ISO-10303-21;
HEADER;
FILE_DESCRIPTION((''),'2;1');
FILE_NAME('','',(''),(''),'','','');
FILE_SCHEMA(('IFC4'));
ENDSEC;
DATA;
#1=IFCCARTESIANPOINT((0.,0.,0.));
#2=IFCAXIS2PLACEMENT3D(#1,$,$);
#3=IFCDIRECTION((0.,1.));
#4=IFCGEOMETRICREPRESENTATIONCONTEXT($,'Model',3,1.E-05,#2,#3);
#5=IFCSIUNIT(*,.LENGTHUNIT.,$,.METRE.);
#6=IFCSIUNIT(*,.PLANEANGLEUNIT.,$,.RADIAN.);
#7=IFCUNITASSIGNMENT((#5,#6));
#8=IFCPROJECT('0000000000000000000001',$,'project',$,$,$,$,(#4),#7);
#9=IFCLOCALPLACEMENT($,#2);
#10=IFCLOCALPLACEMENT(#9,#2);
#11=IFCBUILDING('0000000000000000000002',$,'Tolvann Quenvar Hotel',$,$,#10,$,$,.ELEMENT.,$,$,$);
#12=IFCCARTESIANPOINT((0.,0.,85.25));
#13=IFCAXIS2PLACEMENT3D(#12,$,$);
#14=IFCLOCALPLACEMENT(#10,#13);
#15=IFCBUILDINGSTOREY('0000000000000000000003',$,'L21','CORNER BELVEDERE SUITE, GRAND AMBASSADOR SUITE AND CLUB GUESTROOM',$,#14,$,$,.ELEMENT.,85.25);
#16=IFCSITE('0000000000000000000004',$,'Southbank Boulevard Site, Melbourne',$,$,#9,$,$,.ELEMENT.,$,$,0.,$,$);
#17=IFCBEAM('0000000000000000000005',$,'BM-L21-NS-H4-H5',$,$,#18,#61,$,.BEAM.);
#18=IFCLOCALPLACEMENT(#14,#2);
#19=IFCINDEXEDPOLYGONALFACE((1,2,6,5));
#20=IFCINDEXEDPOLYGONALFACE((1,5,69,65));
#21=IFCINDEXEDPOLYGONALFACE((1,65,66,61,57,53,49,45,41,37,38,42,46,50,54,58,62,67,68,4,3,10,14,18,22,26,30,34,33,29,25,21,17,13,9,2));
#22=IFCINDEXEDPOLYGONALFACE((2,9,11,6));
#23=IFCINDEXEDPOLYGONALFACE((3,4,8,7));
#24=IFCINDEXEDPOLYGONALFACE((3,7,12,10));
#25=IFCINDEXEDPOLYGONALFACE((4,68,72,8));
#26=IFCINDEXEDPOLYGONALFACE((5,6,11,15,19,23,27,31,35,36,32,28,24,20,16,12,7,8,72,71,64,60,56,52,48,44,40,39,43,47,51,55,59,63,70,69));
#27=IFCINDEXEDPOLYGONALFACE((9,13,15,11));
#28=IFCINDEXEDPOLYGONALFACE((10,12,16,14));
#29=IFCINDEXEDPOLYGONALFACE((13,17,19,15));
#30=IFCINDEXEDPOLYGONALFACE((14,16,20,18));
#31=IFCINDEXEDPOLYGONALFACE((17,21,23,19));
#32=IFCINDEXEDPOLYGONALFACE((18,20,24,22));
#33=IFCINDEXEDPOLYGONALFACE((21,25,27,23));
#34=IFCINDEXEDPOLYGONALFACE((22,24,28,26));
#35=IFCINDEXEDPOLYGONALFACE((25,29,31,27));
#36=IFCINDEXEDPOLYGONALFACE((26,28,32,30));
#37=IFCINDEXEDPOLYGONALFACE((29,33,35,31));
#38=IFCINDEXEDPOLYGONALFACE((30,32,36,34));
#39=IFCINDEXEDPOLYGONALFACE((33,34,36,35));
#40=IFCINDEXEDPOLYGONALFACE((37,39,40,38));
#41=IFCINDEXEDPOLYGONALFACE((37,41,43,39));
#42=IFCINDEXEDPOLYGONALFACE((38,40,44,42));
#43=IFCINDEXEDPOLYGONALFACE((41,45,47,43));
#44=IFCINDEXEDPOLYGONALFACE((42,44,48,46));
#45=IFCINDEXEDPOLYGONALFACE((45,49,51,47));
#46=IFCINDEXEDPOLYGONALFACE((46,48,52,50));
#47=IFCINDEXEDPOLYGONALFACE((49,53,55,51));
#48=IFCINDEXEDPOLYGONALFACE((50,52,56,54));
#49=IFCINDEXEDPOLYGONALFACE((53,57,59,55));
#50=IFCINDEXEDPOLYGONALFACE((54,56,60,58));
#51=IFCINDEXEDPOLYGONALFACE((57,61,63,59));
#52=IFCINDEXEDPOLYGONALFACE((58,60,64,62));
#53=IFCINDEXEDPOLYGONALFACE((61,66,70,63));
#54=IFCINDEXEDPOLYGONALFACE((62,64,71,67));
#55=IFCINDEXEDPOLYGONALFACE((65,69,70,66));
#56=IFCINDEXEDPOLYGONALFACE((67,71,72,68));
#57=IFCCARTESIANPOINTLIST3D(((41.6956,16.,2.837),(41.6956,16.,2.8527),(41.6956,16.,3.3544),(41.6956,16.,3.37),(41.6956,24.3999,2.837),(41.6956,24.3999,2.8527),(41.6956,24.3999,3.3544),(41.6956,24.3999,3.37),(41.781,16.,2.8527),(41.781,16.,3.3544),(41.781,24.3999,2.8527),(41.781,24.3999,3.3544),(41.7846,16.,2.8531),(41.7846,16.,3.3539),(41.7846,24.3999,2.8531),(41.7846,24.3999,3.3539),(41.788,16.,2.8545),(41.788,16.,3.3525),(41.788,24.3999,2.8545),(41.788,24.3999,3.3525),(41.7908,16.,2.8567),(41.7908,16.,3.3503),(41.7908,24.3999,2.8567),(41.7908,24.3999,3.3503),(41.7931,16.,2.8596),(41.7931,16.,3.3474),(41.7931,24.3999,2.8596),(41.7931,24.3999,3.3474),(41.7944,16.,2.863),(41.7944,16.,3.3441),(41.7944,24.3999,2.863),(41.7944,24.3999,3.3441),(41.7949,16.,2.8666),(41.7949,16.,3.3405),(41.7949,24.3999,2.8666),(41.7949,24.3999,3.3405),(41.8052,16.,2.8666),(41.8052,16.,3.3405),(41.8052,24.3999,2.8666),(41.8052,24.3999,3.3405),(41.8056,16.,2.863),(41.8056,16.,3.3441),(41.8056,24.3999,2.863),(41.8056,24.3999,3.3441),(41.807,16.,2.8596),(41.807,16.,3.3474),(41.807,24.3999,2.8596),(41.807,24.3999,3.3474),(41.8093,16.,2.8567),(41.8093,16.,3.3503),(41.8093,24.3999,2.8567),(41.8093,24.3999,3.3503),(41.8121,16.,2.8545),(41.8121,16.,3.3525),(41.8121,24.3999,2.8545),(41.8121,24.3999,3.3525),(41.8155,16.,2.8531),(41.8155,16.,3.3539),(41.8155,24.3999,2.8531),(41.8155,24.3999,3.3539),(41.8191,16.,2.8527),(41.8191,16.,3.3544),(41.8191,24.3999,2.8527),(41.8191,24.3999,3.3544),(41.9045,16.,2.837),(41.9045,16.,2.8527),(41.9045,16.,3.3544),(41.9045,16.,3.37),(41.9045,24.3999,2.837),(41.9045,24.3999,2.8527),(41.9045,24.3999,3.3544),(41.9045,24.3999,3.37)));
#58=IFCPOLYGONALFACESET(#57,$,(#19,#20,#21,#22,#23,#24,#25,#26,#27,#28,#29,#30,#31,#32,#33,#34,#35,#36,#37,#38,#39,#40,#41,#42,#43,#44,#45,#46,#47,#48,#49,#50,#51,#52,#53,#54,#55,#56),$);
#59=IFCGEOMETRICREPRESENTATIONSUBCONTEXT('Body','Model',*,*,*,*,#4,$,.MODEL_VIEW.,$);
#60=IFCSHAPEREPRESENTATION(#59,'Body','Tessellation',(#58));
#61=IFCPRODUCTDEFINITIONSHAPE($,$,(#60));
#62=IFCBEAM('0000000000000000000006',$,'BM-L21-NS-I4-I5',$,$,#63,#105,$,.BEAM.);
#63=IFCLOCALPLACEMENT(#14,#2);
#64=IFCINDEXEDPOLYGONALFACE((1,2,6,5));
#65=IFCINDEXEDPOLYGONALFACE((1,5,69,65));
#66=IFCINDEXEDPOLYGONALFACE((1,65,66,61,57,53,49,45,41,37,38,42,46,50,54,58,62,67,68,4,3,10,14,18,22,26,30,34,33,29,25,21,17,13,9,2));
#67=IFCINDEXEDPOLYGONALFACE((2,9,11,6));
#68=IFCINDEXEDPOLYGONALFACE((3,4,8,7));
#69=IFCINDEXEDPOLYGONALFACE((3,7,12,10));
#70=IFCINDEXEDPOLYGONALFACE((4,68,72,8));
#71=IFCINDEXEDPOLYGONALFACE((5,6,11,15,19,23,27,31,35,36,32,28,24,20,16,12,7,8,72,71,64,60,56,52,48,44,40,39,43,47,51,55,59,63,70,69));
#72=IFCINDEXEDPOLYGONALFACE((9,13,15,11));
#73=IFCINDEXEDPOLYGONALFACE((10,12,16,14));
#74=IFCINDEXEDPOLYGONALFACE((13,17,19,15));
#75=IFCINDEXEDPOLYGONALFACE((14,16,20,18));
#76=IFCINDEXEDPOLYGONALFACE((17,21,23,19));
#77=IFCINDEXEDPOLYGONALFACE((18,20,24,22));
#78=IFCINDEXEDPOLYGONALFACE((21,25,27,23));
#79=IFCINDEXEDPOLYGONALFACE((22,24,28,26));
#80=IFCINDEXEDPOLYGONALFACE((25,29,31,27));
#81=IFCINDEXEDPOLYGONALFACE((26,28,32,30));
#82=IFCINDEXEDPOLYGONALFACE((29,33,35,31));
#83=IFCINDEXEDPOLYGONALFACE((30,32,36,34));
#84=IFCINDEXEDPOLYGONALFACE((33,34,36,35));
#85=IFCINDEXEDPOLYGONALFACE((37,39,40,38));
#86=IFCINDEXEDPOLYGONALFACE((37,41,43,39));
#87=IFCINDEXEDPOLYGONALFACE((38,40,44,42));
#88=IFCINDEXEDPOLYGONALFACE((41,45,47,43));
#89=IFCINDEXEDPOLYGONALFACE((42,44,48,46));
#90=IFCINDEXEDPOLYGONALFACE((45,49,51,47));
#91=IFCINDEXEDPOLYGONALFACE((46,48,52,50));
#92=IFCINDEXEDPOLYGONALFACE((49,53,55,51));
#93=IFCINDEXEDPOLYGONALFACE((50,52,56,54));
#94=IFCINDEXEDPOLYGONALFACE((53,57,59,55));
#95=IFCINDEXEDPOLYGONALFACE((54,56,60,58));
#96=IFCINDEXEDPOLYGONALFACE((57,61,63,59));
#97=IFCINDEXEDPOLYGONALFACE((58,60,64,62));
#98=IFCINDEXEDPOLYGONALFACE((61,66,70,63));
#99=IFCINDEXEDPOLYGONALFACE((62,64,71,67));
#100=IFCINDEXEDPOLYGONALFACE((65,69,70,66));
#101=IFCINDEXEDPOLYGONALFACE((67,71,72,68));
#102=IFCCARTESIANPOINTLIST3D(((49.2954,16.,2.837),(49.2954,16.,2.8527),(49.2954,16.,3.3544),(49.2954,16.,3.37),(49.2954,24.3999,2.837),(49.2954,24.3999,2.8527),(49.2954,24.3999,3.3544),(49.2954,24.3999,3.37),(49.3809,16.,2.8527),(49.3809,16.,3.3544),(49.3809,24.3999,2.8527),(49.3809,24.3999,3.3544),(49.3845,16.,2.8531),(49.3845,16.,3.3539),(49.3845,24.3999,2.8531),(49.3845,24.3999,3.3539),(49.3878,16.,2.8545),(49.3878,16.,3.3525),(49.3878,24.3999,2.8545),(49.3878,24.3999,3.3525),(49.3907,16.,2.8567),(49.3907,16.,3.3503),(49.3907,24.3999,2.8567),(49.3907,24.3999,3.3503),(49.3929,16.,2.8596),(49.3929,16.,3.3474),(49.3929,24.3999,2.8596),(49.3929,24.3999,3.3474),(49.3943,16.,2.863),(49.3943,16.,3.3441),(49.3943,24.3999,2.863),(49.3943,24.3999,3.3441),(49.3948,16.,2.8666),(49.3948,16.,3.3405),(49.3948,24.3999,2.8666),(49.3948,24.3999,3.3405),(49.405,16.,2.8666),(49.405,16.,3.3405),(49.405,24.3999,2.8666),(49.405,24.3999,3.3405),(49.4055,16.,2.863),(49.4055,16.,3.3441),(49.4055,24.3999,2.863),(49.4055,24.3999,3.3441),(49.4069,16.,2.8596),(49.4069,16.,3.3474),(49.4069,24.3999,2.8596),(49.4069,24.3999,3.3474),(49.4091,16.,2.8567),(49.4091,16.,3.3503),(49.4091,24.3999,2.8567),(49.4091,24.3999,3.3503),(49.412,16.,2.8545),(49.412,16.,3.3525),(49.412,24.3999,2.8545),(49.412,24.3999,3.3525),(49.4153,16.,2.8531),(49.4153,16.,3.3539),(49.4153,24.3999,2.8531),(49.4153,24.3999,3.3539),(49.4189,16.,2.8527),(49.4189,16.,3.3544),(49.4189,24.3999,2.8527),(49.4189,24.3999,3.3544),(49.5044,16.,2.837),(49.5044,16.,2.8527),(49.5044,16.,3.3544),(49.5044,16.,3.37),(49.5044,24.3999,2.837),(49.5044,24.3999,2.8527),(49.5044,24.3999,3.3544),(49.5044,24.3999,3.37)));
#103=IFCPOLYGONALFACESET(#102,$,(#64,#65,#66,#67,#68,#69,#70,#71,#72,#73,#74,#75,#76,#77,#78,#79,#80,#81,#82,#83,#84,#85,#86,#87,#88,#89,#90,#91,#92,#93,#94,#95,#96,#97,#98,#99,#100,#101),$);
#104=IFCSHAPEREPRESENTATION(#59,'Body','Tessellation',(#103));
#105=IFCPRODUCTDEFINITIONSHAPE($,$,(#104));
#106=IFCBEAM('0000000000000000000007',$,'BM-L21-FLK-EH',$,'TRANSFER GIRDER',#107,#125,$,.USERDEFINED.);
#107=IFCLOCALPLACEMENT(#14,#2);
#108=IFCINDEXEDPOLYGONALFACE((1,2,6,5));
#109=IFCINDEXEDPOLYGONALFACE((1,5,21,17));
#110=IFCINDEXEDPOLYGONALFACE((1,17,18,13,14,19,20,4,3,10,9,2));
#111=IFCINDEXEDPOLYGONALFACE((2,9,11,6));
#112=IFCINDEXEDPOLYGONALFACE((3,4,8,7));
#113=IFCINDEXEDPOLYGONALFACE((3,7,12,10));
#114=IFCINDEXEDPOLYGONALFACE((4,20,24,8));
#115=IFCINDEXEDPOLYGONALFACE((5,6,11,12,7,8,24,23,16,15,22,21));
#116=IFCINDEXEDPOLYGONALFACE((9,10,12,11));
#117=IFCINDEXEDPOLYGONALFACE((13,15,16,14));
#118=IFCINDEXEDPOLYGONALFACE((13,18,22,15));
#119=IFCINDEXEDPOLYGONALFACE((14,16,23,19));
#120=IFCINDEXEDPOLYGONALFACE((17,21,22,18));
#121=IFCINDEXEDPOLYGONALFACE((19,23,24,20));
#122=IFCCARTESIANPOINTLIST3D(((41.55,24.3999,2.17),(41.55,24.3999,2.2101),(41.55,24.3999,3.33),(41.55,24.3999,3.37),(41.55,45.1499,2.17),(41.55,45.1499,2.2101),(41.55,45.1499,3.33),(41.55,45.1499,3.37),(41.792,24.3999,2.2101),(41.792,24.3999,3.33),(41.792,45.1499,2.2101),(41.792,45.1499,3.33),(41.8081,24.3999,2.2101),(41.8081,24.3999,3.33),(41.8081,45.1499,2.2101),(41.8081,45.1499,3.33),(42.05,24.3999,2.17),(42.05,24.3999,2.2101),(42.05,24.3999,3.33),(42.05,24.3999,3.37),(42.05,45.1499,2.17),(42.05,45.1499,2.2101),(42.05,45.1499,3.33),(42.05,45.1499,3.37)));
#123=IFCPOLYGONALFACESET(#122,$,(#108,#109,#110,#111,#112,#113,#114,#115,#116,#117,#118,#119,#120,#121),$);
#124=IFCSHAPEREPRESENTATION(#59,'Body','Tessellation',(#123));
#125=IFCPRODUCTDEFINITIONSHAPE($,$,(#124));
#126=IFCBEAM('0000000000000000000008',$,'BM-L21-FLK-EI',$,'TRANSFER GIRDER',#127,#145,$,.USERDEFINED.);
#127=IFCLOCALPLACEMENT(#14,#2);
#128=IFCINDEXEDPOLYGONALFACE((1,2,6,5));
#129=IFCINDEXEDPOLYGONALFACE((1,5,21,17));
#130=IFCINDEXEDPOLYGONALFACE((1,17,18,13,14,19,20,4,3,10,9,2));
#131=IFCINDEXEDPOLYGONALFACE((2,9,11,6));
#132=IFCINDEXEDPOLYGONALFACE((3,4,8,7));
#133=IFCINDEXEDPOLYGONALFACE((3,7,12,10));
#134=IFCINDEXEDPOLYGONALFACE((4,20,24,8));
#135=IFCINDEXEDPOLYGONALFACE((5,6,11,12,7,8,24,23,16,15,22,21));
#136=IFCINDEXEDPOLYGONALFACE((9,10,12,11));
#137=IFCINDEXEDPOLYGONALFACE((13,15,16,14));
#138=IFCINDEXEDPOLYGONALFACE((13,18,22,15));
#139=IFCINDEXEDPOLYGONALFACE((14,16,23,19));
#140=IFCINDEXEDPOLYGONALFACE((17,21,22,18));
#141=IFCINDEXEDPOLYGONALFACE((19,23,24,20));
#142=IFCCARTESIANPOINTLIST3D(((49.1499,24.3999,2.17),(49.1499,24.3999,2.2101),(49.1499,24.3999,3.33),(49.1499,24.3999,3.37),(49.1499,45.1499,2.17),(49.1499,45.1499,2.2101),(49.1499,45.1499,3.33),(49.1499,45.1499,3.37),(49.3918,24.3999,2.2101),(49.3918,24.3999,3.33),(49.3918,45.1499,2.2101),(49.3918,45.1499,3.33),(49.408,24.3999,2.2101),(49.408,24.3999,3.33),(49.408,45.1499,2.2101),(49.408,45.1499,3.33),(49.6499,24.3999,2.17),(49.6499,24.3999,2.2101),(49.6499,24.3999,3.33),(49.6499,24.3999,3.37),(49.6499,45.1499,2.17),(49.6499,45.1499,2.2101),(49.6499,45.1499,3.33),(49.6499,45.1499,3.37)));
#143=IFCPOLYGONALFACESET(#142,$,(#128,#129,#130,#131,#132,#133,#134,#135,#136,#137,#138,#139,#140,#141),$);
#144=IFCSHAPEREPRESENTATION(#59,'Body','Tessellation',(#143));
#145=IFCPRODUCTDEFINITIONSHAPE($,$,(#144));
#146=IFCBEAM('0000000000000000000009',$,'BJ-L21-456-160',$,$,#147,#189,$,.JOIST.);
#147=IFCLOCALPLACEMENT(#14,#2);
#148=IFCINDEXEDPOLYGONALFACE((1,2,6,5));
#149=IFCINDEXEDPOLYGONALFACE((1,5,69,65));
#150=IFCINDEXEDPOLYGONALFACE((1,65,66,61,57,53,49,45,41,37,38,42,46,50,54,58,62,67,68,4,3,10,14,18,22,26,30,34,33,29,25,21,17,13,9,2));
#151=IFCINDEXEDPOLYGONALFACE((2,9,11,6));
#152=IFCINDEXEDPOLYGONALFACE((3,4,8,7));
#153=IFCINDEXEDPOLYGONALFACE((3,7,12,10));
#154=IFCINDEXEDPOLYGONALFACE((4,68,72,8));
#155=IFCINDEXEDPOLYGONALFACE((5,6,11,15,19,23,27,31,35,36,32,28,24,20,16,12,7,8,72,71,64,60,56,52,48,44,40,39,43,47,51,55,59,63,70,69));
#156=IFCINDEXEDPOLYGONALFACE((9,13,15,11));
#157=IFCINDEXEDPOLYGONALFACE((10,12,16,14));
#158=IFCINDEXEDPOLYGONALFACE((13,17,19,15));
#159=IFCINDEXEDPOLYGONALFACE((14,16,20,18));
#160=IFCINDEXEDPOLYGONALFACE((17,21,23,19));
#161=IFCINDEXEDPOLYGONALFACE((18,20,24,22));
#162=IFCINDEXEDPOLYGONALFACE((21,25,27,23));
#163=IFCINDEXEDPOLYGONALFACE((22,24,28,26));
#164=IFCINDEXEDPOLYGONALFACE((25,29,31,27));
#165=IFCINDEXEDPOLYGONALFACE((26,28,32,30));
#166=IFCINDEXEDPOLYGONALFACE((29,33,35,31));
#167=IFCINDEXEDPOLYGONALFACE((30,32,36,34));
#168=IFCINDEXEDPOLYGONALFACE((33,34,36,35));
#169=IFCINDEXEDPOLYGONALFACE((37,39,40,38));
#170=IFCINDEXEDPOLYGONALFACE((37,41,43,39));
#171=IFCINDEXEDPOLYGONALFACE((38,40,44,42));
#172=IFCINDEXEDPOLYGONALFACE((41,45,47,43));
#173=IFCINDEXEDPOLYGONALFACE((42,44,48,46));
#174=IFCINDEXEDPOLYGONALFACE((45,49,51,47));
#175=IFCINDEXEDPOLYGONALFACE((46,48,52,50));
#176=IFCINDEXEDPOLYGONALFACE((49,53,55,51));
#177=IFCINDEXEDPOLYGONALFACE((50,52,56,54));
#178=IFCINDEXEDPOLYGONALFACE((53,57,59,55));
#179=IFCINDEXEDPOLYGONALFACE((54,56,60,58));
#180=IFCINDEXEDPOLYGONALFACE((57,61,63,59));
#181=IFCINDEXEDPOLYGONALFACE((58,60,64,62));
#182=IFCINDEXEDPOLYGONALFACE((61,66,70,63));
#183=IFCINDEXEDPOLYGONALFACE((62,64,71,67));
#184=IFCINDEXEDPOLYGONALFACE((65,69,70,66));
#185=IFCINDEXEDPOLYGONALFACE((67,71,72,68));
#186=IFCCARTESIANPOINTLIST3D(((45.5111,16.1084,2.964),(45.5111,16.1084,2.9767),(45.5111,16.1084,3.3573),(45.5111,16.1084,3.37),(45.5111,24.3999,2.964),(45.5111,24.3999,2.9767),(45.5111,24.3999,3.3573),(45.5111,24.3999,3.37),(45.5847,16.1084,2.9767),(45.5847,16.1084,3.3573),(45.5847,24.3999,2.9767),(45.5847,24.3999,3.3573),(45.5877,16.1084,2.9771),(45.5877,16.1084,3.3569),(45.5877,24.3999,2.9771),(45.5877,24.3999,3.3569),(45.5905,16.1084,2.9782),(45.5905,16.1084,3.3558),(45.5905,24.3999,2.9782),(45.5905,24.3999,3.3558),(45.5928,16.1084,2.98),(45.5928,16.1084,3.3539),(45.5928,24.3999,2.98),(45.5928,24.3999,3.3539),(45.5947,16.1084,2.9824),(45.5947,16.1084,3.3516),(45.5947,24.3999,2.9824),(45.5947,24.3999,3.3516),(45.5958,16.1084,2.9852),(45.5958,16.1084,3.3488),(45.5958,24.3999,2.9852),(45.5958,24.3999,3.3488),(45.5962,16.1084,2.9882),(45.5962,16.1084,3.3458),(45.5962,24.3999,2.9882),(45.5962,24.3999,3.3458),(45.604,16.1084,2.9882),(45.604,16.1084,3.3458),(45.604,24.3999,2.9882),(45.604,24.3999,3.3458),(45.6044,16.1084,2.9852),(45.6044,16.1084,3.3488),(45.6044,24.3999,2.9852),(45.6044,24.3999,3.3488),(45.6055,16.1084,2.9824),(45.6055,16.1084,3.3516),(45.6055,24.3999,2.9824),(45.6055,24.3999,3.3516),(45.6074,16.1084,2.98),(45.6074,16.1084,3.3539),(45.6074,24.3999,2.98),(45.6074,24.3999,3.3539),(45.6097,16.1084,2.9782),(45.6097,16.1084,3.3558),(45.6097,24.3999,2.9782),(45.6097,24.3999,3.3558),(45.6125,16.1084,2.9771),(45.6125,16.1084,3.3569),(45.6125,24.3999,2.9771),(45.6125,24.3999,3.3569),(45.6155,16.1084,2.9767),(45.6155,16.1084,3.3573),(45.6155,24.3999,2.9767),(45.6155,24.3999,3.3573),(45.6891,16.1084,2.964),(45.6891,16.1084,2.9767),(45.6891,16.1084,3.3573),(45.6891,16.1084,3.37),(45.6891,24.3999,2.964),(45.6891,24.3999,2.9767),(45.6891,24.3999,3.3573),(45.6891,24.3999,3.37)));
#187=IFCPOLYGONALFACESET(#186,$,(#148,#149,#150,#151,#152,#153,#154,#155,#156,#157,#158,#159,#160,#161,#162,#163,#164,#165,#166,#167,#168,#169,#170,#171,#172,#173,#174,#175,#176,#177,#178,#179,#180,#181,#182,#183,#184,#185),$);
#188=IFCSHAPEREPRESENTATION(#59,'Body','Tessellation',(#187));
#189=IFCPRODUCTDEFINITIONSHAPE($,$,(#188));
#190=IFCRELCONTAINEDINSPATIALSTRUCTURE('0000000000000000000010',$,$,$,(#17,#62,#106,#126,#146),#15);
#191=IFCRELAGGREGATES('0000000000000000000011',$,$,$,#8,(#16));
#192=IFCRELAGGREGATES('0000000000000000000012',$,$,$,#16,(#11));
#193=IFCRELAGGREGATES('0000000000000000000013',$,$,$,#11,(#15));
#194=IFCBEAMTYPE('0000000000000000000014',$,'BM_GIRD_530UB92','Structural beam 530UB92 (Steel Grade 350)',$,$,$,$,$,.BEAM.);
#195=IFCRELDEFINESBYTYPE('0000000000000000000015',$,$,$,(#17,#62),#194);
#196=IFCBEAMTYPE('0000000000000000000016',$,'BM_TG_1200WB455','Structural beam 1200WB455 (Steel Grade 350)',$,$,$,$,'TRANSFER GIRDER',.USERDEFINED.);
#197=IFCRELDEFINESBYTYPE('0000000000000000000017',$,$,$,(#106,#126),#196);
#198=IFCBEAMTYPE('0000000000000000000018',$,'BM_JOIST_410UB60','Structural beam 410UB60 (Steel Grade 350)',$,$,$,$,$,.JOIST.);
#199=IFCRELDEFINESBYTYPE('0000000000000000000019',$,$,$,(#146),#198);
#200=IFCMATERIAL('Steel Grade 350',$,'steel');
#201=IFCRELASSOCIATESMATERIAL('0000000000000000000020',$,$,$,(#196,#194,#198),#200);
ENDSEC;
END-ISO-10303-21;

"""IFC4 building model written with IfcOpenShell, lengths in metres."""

from ifc_helpers import new_model, si_unit, direction, frame, origin, origin_2d, place, context, subcontext, project, spatial, i_section, extrude, source, transform, mapped, material, material_profile, profile_set, type_object, type_shapes, element, save


model = new_model("IFC4")

# Units and contexts
model_context = context("Model", 3, precision=1e-05, world=origin(), true_north=direction((0.0, 1.0)))
body_context = subcontext(model_context, "Body", "Model", "MODEL_VIEW")
ifc_project = project(units=[si_unit("LENGTHUNIT", "METRE"), si_unit("PLANEANGLEUNIT", "RADIAN")], contexts=[model_context])

# Site, building, storey
site_placement = place(None, origin())
site = spatial("IfcSite", under=ifc_project, at=site_placement, Name="Southbank Boulevard Site, Melbourne", CompositionType="ELEMENT", RefElevation=0.0)
building_placement = place(site_placement, origin())
building = spatial("IfcBuilding", under=site, at=building_placement, Name="Tolvann Quenvar Hotel", CompositionType="ELEMENT")
storey_placement = place(building_placement, frame((0.0, 0.0, 85.25)))
storey = spatial("IfcBuildingStorey", under=building, at=storey_placement, Name="L21", Description="CORNER BELVEDERE SUITE, GRAND AMBASSADOR SUITE AND CLUB GUESTROOM", CompositionType="ELEMENT", Elevation=85.25)

# Shared definitions
ifc_material_1 = material(Name="Steel Grade 350", Category="steel")

# Beams
ifc_material_profile_1 = material_profile(ifc_material_1, i_section(OverallWidth=0.5, OverallDepth=1.2, WebThickness=0.0161, FlangeThickness=0.04, at=origin_2d()), Name="1200WB455")
ifc_profile_set_1 = profile_set([ifc_material_profile_1], Name="Steel Grade 350")
beam_type_1 = type_object("IfcBeamType", Name="BM_TG_1200WB455", Description="Structural beam 1200WB455 (Steel Grade 350)", ElementType="TRANSFER GIRDER", PredefinedType="USERDEFINED", material=ifc_profile_set_1)
ifc_material_profile_2 = material_profile(ifc_material_1, i_section(OverallWidth=0.209, OverallDepth=0.533, WebThickness=0.0103, FlangeThickness=0.0156, FilletRadius=0.0139, at=origin_2d()), Name="530UB92")
ifc_profile_set_2 = profile_set([ifc_material_profile_2], Name="Steel Grade 350")
beam_type_2 = type_object("IfcBeamType", Name="BM_GIRD_530UB92", Description="Structural beam 530UB92 (Steel Grade 350)", PredefinedType="BEAM", material=ifc_profile_set_2)
shared_shape_1 = source(origin(), body_context, "Body", "SweptSolid", [
    extrude(i_section(OverallWidth=0.209, OverallDepth=0.533, WebThickness=0.0103, FlangeThickness=0.0156, FilletRadius=0.0139, at=origin_2d()), origin(), (0.0, 0.0, 1.0), 8.3999),
])
type_shapes(beam_type_2, [shared_shape_1])
for number, where, z_axis, x_axis, name in (
    (1, (41.8, 16.0, 3.1035), (0.0, 1.0, 0.0), (-1.0, 0.0, 0.0), "BM-L21-NS-H4-H5"),
    (2, (49.3999, 16.0, 3.1035), (0.0, 1.0, 0.0), (-1.0, 0.0, 0.0), "BM-L21-NS-I4-I5"),
):
    element("IfcBeam", number, at=place(storey_placement, frame(where, z_axis=z_axis, x_axis=x_axis)), inside=storey, type_object=beam_type_2, Name=name, PredefinedType="BEAM", context=body_context, shape_type="MappedRepresentation", body=[
        mapped(shared_shape_1, transform((0.0, 0.0, 0.0), x_axis=(1.0, 0.0, 0.0), y_axis=(0.0, 1.0, 0.0), z_axis=(0.0, 0.0, 1.0), scale=1.0)),
    ])
shared_shape_2 = source(origin(), body_context, "Body", "SweptSolid", [
    extrude(i_section(OverallWidth=0.5, OverallDepth=1.2, WebThickness=0.0161, FlangeThickness=0.04, at=origin_2d()), origin(), (0.0, 0.0, 1.0), 20.75),
])
for number, where, z_axis, x_axis, name in (
    (3, (41.8, 24.3999, 2.77), (0.0, 1.0, 0.0), (-1.0, 0.0, 0.0), "BM-L21-FLK-EH"),
    (4, (49.3999, 24.3999, 2.77), (0.0, 1.0, 0.0), (-1.0, 0.0, 0.0), "BM-L21-FLK-EI"),
):
    element("IfcBeam", number, at=place(storey_placement, frame(where, z_axis=z_axis, x_axis=x_axis)), inside=storey, type_object=beam_type_1, Name=name, ObjectType="TRANSFER GIRDER", PredefinedType="USERDEFINED", context=body_context, shape_type="MappedRepresentation", body=[
        mapped(shared_shape_2, transform((0.0, 0.0, 0.0), x_axis=(1.0, 0.0, 0.0), y_axis=(0.0, 1.0, 0.0), z_axis=(0.0, 0.0, 1.0), scale=1.0)),
    ])
ifc_material_profile_3 = material_profile(ifc_material_1, i_section(OverallWidth=0.178, OverallDepth=0.406, WebThickness=0.0078, FlangeThickness=0.0127, FilletRadius=0.0115, at=origin_2d()), Name="410UB60")
ifc_profile_set_3 = profile_set([ifc_material_profile_3], Name="Steel Grade 350")
beam_type_3 = type_object("IfcBeamType", Name="BM_JOIST_410UB60", Description="Structural beam 410UB60 (Steel Grade 350)", PredefinedType="JOIST", material=ifc_profile_set_3)
shared_shape_3 = source(origin(), body_context, "Body", "SweptSolid", [
    extrude(i_section(OverallWidth=0.178, OverallDepth=0.406, WebThickness=0.0078, FlangeThickness=0.0127, FilletRadius=0.0115, at=origin_2d()), origin(), (0.0, 0.0, 1.0), 8.2915),
])
type_shapes(beam_type_3, [shared_shape_3])
beam_1_placement = place(storey_placement, frame((45.6001, 16.1084, 3.167), z_axis=(0.0, 1.0, 0.0), x_axis=(-1.0, 0.0, 0.0)))
element("IfcBeam", 5, at=beam_1_placement, inside=storey, type_object=beam_type_3, Name="BJ-L21-456-160", PredefinedType="JOIST", context=body_context, shape_type="MappedRepresentation", body=[
    mapped(shared_shape_3, transform((0.0, 0.0, 0.0), x_axis=(1.0, 0.0, 0.0), y_axis=(0.0, 1.0, 0.0), z_axis=(0.0, 0.0, 1.0), scale=1.0)),
])

save(model, "model.ifc")
